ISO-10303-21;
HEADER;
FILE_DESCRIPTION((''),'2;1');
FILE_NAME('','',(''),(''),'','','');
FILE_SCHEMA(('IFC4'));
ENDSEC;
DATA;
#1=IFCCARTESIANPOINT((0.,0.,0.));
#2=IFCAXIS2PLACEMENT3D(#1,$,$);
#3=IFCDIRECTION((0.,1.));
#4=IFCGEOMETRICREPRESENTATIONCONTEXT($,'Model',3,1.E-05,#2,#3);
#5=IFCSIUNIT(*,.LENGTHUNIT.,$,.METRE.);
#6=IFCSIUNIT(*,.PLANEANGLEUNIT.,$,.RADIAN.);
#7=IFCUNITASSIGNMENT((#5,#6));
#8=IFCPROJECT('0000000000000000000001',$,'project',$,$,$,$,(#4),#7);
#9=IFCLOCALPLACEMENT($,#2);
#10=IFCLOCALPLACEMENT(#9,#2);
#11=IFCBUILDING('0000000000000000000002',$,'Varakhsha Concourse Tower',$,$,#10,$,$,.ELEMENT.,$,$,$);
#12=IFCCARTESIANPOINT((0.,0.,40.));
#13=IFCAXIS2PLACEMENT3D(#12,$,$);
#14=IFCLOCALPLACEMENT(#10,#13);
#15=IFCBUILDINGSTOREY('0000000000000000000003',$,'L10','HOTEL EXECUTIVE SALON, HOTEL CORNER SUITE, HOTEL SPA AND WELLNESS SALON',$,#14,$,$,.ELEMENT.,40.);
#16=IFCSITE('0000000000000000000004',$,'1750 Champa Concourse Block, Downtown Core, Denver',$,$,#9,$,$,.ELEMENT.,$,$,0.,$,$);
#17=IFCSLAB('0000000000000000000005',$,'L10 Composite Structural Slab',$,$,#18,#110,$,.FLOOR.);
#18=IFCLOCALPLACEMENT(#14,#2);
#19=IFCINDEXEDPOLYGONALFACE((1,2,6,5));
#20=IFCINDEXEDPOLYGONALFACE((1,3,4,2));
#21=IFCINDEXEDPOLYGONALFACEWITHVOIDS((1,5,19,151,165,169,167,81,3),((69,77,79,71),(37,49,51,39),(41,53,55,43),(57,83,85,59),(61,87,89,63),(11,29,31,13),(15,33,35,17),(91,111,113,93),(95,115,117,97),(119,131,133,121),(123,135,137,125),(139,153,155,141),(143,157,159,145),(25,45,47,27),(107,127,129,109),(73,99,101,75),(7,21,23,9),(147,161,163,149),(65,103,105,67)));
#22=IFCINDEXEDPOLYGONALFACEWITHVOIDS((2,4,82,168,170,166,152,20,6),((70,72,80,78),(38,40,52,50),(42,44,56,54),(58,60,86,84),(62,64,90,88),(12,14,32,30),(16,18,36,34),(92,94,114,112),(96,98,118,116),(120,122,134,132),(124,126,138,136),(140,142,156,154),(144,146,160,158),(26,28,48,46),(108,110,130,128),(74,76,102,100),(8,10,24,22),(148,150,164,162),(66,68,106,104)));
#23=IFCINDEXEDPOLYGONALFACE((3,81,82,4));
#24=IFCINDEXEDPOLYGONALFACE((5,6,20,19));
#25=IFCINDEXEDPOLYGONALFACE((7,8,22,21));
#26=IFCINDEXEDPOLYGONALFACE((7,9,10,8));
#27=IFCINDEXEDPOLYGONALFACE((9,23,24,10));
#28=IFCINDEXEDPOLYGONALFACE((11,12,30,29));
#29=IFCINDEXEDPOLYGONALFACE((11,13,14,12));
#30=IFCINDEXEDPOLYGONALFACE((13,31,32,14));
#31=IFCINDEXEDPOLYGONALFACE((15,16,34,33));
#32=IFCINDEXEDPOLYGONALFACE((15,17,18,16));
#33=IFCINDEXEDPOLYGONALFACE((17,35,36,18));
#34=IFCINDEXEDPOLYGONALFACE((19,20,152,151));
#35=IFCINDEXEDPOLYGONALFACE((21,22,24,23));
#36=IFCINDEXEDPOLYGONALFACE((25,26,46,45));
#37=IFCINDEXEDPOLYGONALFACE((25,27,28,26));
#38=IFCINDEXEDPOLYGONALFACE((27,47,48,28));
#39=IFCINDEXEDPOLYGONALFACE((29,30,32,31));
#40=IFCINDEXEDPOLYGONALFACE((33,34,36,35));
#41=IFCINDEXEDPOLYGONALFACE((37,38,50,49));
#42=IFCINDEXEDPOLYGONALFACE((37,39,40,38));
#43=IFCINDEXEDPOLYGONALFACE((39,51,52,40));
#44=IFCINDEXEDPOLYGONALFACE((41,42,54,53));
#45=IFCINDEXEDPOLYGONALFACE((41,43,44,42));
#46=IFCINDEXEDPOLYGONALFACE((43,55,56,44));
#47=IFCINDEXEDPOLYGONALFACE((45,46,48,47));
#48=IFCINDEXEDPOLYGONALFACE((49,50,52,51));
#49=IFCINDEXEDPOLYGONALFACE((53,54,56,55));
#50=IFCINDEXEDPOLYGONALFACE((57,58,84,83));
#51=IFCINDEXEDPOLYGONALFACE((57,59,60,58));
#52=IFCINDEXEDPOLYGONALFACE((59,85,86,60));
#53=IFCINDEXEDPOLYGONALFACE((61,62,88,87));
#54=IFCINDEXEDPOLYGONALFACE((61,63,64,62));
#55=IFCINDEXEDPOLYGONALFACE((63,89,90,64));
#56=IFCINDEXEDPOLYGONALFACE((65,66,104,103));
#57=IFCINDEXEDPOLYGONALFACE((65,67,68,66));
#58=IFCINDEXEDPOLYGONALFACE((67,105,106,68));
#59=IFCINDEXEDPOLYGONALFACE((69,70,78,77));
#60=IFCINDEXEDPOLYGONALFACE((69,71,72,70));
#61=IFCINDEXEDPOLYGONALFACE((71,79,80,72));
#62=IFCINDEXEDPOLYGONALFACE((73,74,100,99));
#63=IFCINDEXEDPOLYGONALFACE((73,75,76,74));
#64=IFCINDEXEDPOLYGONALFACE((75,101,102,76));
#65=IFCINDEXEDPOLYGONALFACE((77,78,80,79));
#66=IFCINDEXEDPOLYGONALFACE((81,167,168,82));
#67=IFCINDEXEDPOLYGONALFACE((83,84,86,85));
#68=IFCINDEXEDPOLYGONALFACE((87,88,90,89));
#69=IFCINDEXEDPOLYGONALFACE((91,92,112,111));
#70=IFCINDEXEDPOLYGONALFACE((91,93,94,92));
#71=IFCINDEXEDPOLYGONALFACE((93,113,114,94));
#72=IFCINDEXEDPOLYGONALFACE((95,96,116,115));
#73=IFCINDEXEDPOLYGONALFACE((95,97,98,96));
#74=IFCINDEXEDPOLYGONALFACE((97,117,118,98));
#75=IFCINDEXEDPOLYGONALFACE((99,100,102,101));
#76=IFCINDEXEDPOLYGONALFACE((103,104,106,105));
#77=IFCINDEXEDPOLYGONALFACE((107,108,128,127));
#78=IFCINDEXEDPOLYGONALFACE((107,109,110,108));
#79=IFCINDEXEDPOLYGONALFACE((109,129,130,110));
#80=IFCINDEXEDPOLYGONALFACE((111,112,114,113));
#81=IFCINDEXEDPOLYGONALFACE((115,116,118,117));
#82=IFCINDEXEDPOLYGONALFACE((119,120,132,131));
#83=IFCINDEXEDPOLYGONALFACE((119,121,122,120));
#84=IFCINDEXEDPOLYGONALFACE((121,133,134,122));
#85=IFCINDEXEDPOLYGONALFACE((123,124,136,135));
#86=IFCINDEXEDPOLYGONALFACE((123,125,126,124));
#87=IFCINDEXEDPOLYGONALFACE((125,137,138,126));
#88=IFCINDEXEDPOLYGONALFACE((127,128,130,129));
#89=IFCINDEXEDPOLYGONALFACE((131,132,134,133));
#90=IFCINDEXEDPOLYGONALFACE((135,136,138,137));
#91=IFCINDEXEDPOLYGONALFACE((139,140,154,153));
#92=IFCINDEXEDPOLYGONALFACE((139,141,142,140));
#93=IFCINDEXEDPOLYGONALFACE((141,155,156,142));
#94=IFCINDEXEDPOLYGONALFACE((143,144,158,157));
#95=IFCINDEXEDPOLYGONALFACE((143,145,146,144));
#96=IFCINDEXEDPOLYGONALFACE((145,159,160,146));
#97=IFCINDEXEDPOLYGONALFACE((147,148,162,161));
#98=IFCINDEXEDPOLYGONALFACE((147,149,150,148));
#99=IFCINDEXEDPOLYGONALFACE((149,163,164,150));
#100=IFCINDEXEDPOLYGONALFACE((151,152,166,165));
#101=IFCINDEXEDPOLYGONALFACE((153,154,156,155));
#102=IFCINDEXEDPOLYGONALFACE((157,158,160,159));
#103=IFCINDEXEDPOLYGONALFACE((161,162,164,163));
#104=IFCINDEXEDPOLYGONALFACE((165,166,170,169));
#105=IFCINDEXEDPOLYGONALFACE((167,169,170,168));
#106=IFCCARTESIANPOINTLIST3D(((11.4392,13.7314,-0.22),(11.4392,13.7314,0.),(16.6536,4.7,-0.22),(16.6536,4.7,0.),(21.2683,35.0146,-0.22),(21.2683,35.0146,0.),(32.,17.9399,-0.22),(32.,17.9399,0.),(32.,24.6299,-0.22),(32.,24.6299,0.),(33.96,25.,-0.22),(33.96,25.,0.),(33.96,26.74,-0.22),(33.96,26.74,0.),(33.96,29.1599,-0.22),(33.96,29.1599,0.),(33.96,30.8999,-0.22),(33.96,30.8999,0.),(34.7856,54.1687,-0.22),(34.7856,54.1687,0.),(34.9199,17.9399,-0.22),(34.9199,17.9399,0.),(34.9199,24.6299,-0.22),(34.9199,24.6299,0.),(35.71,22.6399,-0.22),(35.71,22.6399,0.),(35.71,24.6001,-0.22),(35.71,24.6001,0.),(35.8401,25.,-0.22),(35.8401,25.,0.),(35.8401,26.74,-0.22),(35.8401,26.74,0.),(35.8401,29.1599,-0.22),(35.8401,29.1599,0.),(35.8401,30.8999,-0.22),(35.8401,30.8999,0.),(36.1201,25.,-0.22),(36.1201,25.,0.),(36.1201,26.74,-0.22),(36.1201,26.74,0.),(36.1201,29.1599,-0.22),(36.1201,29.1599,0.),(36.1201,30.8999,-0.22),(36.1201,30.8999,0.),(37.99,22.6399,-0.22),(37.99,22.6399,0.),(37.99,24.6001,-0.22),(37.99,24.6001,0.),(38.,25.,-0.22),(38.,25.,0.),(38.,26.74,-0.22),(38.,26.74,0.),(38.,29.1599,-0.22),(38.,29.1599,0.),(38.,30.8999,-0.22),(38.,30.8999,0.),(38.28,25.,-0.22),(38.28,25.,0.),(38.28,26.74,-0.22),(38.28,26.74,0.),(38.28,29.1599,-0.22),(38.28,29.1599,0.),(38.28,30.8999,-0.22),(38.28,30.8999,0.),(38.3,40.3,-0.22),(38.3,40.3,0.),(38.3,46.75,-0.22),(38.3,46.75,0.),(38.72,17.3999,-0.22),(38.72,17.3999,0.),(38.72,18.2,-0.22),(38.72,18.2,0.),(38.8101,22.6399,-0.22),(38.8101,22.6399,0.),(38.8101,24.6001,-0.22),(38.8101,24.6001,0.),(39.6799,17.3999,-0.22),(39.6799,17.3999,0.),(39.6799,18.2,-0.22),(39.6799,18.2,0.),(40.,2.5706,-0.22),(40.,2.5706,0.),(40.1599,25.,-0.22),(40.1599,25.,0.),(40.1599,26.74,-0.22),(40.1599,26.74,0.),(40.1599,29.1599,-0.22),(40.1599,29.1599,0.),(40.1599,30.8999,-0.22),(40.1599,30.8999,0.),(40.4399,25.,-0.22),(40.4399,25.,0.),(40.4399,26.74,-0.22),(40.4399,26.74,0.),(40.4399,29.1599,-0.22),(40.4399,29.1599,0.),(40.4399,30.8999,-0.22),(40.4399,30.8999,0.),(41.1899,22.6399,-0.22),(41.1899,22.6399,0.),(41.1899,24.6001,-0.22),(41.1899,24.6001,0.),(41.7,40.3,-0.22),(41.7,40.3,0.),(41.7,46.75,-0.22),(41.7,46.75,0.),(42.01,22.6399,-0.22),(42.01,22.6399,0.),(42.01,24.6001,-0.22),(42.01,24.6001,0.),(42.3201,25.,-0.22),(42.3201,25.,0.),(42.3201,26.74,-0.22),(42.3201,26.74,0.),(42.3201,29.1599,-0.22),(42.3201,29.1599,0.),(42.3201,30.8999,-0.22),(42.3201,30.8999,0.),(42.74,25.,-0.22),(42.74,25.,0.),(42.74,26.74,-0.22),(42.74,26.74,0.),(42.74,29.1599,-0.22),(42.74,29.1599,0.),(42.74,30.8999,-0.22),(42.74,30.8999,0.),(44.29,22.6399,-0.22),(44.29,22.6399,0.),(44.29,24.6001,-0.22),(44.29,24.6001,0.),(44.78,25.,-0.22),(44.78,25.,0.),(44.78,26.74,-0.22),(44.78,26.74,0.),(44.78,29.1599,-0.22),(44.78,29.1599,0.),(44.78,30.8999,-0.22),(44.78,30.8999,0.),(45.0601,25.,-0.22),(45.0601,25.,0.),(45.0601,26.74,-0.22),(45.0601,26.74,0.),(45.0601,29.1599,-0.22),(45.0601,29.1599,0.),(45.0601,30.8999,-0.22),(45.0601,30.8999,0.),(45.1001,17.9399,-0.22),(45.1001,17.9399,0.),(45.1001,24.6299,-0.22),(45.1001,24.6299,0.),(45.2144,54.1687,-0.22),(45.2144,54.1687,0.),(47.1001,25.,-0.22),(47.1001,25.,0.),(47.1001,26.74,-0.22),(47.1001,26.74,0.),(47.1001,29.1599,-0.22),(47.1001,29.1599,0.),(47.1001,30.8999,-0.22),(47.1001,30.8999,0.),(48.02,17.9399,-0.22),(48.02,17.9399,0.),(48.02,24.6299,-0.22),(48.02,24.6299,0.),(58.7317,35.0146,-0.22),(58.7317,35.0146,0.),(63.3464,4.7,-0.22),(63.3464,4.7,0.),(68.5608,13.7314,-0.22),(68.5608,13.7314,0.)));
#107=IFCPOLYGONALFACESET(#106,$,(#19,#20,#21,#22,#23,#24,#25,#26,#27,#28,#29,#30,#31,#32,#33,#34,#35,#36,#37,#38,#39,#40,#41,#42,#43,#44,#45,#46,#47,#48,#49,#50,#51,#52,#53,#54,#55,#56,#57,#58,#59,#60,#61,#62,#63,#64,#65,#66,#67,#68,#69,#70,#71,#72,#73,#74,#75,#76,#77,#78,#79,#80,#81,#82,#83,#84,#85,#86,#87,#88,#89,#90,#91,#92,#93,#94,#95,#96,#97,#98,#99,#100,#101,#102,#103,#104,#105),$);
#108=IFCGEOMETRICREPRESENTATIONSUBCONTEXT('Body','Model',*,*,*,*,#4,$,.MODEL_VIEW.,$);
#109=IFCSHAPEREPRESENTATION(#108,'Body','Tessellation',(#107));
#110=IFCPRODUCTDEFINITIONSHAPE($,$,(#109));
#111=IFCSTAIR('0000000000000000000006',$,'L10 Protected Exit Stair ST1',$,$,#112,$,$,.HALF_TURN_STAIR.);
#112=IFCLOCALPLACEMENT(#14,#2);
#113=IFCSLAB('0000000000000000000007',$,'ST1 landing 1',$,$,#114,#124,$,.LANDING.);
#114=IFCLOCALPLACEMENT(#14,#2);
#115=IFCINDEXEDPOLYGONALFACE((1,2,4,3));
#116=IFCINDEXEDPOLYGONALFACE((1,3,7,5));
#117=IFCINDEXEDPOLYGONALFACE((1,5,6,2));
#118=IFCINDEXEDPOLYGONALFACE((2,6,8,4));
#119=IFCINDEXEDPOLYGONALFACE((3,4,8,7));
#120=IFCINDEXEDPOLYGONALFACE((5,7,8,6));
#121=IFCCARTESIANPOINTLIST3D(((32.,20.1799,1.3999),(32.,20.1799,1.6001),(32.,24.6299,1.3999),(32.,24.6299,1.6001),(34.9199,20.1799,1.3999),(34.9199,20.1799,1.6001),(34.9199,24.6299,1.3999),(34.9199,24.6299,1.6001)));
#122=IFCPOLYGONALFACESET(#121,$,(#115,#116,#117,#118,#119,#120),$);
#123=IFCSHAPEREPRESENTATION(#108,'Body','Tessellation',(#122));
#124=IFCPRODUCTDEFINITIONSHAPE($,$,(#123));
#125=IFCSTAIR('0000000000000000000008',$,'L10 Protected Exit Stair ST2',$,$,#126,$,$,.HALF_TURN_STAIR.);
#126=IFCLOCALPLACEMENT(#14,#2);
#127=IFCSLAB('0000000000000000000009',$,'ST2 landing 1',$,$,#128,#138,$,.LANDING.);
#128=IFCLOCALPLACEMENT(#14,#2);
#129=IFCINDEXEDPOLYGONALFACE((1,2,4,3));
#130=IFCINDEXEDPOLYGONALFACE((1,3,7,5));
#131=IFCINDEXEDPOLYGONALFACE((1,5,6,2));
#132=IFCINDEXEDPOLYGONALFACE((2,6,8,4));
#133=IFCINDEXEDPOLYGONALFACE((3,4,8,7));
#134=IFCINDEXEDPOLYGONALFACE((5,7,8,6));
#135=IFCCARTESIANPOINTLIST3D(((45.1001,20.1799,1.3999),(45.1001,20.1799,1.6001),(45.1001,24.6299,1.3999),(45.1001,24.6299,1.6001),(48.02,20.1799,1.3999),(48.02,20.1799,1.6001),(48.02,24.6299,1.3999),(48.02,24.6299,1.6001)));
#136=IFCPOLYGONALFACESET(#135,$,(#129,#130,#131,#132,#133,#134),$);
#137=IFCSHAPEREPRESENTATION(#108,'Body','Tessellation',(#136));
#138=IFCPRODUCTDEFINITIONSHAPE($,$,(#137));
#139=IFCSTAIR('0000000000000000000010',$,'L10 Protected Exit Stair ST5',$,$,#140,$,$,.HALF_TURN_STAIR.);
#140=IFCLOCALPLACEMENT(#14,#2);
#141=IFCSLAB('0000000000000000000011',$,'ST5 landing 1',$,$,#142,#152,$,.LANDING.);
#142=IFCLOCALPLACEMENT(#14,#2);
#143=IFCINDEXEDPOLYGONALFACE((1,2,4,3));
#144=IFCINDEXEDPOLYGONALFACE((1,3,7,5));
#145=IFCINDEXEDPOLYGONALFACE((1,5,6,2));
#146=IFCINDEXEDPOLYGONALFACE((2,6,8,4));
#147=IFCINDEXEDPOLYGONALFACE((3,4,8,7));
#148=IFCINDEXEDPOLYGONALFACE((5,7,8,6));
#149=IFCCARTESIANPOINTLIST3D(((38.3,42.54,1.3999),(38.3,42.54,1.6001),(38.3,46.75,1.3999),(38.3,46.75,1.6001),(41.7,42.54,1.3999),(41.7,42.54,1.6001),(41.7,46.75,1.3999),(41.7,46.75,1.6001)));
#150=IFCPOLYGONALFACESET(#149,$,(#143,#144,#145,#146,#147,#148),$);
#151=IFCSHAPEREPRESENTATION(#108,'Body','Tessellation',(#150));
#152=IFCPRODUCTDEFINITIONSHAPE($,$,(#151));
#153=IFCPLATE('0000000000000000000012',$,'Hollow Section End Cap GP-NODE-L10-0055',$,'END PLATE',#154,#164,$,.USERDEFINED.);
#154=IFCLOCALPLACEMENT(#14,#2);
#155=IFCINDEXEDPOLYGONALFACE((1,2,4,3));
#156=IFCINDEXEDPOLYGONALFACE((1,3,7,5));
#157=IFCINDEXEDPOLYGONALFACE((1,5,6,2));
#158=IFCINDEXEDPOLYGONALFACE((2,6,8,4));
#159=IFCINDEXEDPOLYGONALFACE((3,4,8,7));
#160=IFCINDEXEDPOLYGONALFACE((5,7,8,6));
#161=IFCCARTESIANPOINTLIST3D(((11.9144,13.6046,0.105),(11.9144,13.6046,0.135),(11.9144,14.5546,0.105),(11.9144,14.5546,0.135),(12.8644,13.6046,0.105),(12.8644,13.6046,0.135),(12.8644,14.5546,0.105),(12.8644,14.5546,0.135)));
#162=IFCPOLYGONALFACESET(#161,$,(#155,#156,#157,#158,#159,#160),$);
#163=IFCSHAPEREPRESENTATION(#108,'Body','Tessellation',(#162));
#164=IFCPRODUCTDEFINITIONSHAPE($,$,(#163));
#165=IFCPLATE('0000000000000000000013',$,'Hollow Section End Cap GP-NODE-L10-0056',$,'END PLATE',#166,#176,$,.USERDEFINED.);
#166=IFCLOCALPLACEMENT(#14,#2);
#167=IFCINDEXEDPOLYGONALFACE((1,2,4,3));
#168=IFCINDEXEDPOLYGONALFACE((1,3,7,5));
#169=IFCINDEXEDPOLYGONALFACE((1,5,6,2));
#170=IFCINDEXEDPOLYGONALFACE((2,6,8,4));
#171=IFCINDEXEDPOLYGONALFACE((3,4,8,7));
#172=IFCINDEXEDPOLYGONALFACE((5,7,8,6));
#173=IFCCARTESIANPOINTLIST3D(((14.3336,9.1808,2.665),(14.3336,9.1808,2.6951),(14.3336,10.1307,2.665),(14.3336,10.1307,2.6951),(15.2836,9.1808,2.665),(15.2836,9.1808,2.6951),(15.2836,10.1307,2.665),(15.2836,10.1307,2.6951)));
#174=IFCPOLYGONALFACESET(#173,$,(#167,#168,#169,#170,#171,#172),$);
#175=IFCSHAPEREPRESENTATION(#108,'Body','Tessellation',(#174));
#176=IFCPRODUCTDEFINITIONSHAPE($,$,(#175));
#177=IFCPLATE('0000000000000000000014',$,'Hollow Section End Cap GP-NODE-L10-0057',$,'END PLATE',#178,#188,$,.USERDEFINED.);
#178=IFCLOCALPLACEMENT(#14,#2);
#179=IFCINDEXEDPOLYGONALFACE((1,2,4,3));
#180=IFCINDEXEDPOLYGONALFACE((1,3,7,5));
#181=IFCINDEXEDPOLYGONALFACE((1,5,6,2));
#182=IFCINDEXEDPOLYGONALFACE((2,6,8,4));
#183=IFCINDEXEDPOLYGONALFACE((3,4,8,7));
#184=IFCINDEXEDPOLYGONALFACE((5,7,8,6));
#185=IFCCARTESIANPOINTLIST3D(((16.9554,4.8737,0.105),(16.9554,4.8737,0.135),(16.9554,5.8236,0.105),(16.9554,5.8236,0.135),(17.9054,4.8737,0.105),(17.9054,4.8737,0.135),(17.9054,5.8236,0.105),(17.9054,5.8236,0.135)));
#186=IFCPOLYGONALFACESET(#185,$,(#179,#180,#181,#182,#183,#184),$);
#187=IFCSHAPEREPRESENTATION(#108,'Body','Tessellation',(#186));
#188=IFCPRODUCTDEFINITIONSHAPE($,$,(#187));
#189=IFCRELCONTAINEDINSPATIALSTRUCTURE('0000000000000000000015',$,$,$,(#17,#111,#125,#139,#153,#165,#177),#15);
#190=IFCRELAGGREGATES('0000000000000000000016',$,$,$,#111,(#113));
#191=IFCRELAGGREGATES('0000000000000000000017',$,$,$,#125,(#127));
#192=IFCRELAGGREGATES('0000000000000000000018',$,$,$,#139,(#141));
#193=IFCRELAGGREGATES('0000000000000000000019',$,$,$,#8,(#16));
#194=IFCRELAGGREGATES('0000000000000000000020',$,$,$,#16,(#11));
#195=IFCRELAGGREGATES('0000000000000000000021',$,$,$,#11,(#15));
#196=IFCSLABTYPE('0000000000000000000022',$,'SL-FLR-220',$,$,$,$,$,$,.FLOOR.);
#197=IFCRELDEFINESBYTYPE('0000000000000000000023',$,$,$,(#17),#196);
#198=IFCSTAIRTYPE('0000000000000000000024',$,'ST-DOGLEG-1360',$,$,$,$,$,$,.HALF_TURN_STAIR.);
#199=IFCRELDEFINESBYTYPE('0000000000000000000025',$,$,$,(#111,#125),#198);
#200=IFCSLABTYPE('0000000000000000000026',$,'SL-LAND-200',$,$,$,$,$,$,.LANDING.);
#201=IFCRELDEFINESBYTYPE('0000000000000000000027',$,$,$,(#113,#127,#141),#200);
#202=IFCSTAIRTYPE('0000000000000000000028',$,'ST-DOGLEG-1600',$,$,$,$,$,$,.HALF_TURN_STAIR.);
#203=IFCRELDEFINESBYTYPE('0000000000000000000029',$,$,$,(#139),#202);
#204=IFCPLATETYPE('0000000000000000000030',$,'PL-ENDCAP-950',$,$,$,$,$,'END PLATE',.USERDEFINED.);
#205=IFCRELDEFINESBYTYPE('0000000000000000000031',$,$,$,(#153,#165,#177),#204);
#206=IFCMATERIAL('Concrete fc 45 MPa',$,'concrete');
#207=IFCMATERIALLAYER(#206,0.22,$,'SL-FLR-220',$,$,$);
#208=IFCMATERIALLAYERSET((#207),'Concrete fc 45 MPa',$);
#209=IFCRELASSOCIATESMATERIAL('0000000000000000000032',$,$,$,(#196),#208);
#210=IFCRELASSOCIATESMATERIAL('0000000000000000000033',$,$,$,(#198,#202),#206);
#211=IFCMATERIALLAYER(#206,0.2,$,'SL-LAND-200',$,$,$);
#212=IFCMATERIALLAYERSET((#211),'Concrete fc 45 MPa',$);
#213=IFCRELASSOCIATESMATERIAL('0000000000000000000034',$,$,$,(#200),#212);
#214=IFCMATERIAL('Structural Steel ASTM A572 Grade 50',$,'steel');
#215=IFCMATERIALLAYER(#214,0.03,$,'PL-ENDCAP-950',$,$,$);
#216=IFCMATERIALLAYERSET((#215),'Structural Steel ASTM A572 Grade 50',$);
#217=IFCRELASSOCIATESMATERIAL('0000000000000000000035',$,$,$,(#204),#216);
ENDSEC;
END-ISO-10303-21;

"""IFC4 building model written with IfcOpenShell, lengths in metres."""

from ifc_helpers import new_model, si_unit, direction, frame, origin, origin_2d, place, context, subcontext, project, spatial, polyline, rectangle, outline, extrude, source, transform, mapped, material, layer, layer_set, type_object, type_shapes, element, aggregate, save


model = new_model("IFC4")

# Units and contexts
model_context = context("Model", 3, precision=1e-05, world=origin(), true_north=direction((0.0, 1.0)))
body_context = subcontext(model_context, "Body", "Model", "MODEL_VIEW")
ifc_project = project(units=[si_unit("LENGTHUNIT", "METRE"), si_unit("PLANEANGLEUNIT", "RADIAN")], contexts=[model_context])

# Site, building, storey
site_placement = place(None, origin())
site = spatial("IfcSite", under=ifc_project, at=site_placement, Name="1750 Champa Concourse Block, Downtown Core, Denver", CompositionType="ELEMENT", RefElevation=0.0)
building_placement = place(site_placement, origin())
building = spatial("IfcBuilding", under=site, at=building_placement, Name="Varakhsha Concourse Tower", CompositionType="ELEMENT")
storey_placement = place(building_placement, frame((0.0, 0.0, 40.0)))
storey = spatial("IfcBuildingStorey", under=building, at=storey_placement, Name="L10", Description="HOTEL EXECUTIVE SALON, HOTEL CORNER SUITE, HOTEL SPA AND WELLNESS SALON", CompositionType="ELEMENT", Elevation=40.0)

# Shared definitions
ifc_material_1 = material(Name="Structural Steel ASTM A572 Grade 50", Category="steel")

# Slab
ifc_material_2 = material(Name="Concrete fc 45 MPa", Category="concrete")
ifc_layer_1 = layer(ifc_material_2, 0.22, Name="SL-FLR-220")
ifc_layer_set_1 = layer_set([ifc_layer_1], Name="Concrete fc 45 MPa")
slab_type_1 = type_object("IfcSlabType", Name="SL-FLR-220", PredefinedType="FLOOR", material=ifc_layer_set_1)
slab_1_placement = place(storey_placement, frame((0.0, 0.0, -0.22)))
element("IfcSlab", 1, at=slab_1_placement, inside=storey, type_object=slab_type_1, Name="L10 Composite Structural Slab", PredefinedType="FLOOR", context=body_context, shape_type="SweptSolid", body=[
    extrude(outline(polyline([(45.2144, 54.1687), (34.7856, 54.1687), (21.2683, 35.0146), (11.4392, 13.7314), (16.6536, 4.7), (40.0, 2.5706), (63.3464, 4.7), (68.5608, 13.7314), (58.7317, 35.0146), (45.2144, 54.1687)]), holes=[polyline([(34.9199, 17.9399), (34.9199, 24.6299), (32.0, 24.6299), (32.0, 17.9399), (34.9199, 17.9399)]), polyline([(48.02, 17.9399), (48.02, 24.6299), (45.1001, 24.6299), (45.1001, 17.9399), (48.02, 17.9399)]), polyline([(41.7, 40.3), (41.7, 46.75), (38.3, 46.75), (38.3, 40.3), (41.7, 40.3)]), polyline([(33.96, 29.1599), (35.8401, 29.1599), (35.8401, 30.8999), (33.96, 30.8999), (33.96, 29.1599)]), polyline([(36.1201, 29.1599), (38.0, 29.1599), (38.0, 30.8999), (36.1201, 30.8999), (36.1201, 29.1599)]), polyline([(38.28, 29.1599), (40.1599, 29.1599), (40.1599, 30.8999), (38.28, 30.8999), (38.28, 29.1599)]), polyline([(40.4399, 29.1599), (42.3201, 29.1599), (42.3201, 30.8999), (40.4399, 30.8999), (40.4399, 29.1599)]), polyline([(33.96, 25.0), (35.8401, 25.0), (35.8401, 26.74), (33.96, 26.74), (33.96, 25.0)]), polyline([(36.1201, 25.0), (38.0, 25.0), (38.0, 26.74), (36.1201, 26.74), (36.1201, 25.0)]), polyline([(38.28, 25.0), (40.1599, 25.0), (40.1599, 26.74), (38.28, 26.74), (38.28, 25.0)]), polyline([(40.4399, 25.0), (42.3201, 25.0), (42.3201, 26.74), (40.4399, 26.74), (40.4399, 25.0)]), polyline([(42.74, 29.1599), (44.78, 29.1599), (44.78, 30.8999), (42.74, 30.8999), (42.74, 29.1599)]), polyline([(45.0601, 29.1599), (47.1001, 29.1599), (47.1001, 30.8999), (45.0601, 30.8999), (45.0601, 29.1599)]), polyline([(42.74, 25.0), (44.78, 25.0), (44.78, 26.74), (42.74, 26.74), (42.74, 25.0)]), polyline([(45.0601, 25.0), (47.1001, 25.0), (47.1001, 26.74), (45.0601, 26.74), (45.0601, 25.0)]), polyline([(35.71, 22.6399), (37.99, 22.6399), (37.99, 24.6001), (35.71, 24.6001), (35.71, 22.6399)]), polyline([(42.01, 22.6399), (44.29, 22.6399), (44.29, 24.6001), (42.01, 24.6001), (42.01, 22.6399)]), polyline([(38.8101, 22.6399), (41.1899, 22.6399), (41.1899, 24.6001), (38.8101, 24.6001), (38.8101, 22.6399)]), polyline([(38.72, 17.3999), (39.6799, 17.3999), (39.6799, 18.2), (38.72, 18.2), (38.72, 17.3999)])]), origin(), (0.0, 0.0, 1.0), 0.22),
])

# Stairs, slabs
stair_type_1 = type_object("IfcStairType", Name="ST-DOGLEG-1360", PredefinedType="HALF_TURN_STAIR", material=ifc_material_2)
stair_1_placement = place(storey_placement, origin())
stair_1 = element("IfcStair", 2, at=stair_1_placement, inside=storey, type_object=stair_type_1, Name="L10 Protected Exit Stair ST1", PredefinedType="HALF_TURN_STAIR")
ifc_layer_2 = layer(ifc_material_2, 0.2, Name="SL-LAND-200")
ifc_layer_set_2 = layer_set([ifc_layer_2], Name="Concrete fc 45 MPa")
slab_type_2 = type_object("IfcSlabType", Name="SL-LAND-200", PredefinedType="LANDING", material=ifc_layer_set_2)
slab_2_placement = place(storey_placement, frame((0.0, 0.0, 1.3999)))
slab_2 = element("IfcSlab", 3, at=slab_2_placement, type_object=slab_type_2, Name="ST1 landing 1", PredefinedType="LANDING", context=body_context, shape_type="SweptSolid", body=[
    extrude(outline(polyline([(34.9199, 20.1799), (34.9199, 24.6299), (32.0, 24.6299), (32.0, 20.1799), (34.9199, 20.1799)])), origin(), (0.0, 0.0, 1.0), 0.2002),
])
aggregate(stair_1, [slab_2])
stair_2_placement = place(storey_placement, origin())
stair_2 = element("IfcStair", 4, at=stair_2_placement, inside=storey, type_object=stair_type_1, Name="L10 Protected Exit Stair ST2", PredefinedType="HALF_TURN_STAIR")
slab_3_placement = place(storey_placement, frame((0.0, 0.0, 1.3999)))
slab_3 = element("IfcSlab", 5, at=slab_3_placement, type_object=slab_type_2, Name="ST2 landing 1", PredefinedType="LANDING", context=body_context, shape_type="SweptSolid", body=[
    extrude(outline(polyline([(48.02, 20.1799), (48.02, 24.6299), (45.1001, 24.6299), (45.1001, 20.1799), (48.02, 20.1799)])), origin(), (0.0, 0.0, 1.0), 0.2002),
])
aggregate(stair_2, [slab_3])
stair_type_2 = type_object("IfcStairType", Name="ST-DOGLEG-1600", PredefinedType="HALF_TURN_STAIR", material=ifc_material_2)
stair_3_placement = place(storey_placement, origin())
stair_3 = element("IfcStair", 6, at=stair_3_placement, inside=storey, type_object=stair_type_2, Name="L10 Protected Exit Stair ST5", PredefinedType="HALF_TURN_STAIR")
slab_4_placement = place(storey_placement, frame((0.0, 0.0, 1.3999)))
slab_4 = element("IfcSlab", 7, at=slab_4_placement, type_object=slab_type_2, Name="ST5 landing 1", PredefinedType="LANDING", context=body_context, shape_type="SweptSolid", body=[
    extrude(outline(polyline([(41.7, 42.54), (41.7, 46.75), (38.3, 46.75), (38.3, 42.54), (41.7, 42.54)])), origin(), (0.0, 0.0, 1.0), 0.2002),
])
aggregate(stair_3, [slab_4])

# Plates
ifc_layer_3 = layer(ifc_material_1, 0.03, Name="PL-ENDCAP-950")
ifc_layer_set_3 = layer_set([ifc_layer_3], Name="Structural Steel ASTM A572 Grade 50")
plate_type_1 = type_object("IfcPlateType", Name="PL-ENDCAP-950", ElementType="END PLATE", PredefinedType="USERDEFINED", material=ifc_layer_set_3)
shared_shape_1 = source(origin(), body_context, "Body", "SweptSolid", [
    extrude(rectangle(XDim=0.95, YDim=0.95, at=origin_2d()), origin(), (0.0, 0.0, 1.0), 0.03),
])
type_shapes(plate_type_1, [shared_shape_1])
for number, where, z_axis, x_axis, name in (
    (8, (12.3894, 14.0796, 0.105), (0.0, 0.0, 1.0), (1.0, 0.0, 0.0), "Hollow Section End Cap GP-NODE-L10-0055"),
    (9, (14.8086, 9.6558, 2.665), (0.0, 0.0, 1.0), (1.0, 0.0, 0.0), "Hollow Section End Cap GP-NODE-L10-0056"),
    (10, (17.4304, 5.3486, 0.105), (0.0, 0.0, 1.0), (1.0, 0.0, 0.0), "Hollow Section End Cap GP-NODE-L10-0057"),
):
    element("IfcPlate", number, at=place(storey_placement, frame(where, z_axis=z_axis, x_axis=x_axis)), inside=storey, type_object=plate_type_1, Name=name, ObjectType="END PLATE", PredefinedType="USERDEFINED", context=body_context, shape_type="MappedRepresentation", body=[
        mapped(shared_shape_1, transform((0.0, 0.0, 0.0), scale=1.0)),
    ])

save(model, "model.ifc")
